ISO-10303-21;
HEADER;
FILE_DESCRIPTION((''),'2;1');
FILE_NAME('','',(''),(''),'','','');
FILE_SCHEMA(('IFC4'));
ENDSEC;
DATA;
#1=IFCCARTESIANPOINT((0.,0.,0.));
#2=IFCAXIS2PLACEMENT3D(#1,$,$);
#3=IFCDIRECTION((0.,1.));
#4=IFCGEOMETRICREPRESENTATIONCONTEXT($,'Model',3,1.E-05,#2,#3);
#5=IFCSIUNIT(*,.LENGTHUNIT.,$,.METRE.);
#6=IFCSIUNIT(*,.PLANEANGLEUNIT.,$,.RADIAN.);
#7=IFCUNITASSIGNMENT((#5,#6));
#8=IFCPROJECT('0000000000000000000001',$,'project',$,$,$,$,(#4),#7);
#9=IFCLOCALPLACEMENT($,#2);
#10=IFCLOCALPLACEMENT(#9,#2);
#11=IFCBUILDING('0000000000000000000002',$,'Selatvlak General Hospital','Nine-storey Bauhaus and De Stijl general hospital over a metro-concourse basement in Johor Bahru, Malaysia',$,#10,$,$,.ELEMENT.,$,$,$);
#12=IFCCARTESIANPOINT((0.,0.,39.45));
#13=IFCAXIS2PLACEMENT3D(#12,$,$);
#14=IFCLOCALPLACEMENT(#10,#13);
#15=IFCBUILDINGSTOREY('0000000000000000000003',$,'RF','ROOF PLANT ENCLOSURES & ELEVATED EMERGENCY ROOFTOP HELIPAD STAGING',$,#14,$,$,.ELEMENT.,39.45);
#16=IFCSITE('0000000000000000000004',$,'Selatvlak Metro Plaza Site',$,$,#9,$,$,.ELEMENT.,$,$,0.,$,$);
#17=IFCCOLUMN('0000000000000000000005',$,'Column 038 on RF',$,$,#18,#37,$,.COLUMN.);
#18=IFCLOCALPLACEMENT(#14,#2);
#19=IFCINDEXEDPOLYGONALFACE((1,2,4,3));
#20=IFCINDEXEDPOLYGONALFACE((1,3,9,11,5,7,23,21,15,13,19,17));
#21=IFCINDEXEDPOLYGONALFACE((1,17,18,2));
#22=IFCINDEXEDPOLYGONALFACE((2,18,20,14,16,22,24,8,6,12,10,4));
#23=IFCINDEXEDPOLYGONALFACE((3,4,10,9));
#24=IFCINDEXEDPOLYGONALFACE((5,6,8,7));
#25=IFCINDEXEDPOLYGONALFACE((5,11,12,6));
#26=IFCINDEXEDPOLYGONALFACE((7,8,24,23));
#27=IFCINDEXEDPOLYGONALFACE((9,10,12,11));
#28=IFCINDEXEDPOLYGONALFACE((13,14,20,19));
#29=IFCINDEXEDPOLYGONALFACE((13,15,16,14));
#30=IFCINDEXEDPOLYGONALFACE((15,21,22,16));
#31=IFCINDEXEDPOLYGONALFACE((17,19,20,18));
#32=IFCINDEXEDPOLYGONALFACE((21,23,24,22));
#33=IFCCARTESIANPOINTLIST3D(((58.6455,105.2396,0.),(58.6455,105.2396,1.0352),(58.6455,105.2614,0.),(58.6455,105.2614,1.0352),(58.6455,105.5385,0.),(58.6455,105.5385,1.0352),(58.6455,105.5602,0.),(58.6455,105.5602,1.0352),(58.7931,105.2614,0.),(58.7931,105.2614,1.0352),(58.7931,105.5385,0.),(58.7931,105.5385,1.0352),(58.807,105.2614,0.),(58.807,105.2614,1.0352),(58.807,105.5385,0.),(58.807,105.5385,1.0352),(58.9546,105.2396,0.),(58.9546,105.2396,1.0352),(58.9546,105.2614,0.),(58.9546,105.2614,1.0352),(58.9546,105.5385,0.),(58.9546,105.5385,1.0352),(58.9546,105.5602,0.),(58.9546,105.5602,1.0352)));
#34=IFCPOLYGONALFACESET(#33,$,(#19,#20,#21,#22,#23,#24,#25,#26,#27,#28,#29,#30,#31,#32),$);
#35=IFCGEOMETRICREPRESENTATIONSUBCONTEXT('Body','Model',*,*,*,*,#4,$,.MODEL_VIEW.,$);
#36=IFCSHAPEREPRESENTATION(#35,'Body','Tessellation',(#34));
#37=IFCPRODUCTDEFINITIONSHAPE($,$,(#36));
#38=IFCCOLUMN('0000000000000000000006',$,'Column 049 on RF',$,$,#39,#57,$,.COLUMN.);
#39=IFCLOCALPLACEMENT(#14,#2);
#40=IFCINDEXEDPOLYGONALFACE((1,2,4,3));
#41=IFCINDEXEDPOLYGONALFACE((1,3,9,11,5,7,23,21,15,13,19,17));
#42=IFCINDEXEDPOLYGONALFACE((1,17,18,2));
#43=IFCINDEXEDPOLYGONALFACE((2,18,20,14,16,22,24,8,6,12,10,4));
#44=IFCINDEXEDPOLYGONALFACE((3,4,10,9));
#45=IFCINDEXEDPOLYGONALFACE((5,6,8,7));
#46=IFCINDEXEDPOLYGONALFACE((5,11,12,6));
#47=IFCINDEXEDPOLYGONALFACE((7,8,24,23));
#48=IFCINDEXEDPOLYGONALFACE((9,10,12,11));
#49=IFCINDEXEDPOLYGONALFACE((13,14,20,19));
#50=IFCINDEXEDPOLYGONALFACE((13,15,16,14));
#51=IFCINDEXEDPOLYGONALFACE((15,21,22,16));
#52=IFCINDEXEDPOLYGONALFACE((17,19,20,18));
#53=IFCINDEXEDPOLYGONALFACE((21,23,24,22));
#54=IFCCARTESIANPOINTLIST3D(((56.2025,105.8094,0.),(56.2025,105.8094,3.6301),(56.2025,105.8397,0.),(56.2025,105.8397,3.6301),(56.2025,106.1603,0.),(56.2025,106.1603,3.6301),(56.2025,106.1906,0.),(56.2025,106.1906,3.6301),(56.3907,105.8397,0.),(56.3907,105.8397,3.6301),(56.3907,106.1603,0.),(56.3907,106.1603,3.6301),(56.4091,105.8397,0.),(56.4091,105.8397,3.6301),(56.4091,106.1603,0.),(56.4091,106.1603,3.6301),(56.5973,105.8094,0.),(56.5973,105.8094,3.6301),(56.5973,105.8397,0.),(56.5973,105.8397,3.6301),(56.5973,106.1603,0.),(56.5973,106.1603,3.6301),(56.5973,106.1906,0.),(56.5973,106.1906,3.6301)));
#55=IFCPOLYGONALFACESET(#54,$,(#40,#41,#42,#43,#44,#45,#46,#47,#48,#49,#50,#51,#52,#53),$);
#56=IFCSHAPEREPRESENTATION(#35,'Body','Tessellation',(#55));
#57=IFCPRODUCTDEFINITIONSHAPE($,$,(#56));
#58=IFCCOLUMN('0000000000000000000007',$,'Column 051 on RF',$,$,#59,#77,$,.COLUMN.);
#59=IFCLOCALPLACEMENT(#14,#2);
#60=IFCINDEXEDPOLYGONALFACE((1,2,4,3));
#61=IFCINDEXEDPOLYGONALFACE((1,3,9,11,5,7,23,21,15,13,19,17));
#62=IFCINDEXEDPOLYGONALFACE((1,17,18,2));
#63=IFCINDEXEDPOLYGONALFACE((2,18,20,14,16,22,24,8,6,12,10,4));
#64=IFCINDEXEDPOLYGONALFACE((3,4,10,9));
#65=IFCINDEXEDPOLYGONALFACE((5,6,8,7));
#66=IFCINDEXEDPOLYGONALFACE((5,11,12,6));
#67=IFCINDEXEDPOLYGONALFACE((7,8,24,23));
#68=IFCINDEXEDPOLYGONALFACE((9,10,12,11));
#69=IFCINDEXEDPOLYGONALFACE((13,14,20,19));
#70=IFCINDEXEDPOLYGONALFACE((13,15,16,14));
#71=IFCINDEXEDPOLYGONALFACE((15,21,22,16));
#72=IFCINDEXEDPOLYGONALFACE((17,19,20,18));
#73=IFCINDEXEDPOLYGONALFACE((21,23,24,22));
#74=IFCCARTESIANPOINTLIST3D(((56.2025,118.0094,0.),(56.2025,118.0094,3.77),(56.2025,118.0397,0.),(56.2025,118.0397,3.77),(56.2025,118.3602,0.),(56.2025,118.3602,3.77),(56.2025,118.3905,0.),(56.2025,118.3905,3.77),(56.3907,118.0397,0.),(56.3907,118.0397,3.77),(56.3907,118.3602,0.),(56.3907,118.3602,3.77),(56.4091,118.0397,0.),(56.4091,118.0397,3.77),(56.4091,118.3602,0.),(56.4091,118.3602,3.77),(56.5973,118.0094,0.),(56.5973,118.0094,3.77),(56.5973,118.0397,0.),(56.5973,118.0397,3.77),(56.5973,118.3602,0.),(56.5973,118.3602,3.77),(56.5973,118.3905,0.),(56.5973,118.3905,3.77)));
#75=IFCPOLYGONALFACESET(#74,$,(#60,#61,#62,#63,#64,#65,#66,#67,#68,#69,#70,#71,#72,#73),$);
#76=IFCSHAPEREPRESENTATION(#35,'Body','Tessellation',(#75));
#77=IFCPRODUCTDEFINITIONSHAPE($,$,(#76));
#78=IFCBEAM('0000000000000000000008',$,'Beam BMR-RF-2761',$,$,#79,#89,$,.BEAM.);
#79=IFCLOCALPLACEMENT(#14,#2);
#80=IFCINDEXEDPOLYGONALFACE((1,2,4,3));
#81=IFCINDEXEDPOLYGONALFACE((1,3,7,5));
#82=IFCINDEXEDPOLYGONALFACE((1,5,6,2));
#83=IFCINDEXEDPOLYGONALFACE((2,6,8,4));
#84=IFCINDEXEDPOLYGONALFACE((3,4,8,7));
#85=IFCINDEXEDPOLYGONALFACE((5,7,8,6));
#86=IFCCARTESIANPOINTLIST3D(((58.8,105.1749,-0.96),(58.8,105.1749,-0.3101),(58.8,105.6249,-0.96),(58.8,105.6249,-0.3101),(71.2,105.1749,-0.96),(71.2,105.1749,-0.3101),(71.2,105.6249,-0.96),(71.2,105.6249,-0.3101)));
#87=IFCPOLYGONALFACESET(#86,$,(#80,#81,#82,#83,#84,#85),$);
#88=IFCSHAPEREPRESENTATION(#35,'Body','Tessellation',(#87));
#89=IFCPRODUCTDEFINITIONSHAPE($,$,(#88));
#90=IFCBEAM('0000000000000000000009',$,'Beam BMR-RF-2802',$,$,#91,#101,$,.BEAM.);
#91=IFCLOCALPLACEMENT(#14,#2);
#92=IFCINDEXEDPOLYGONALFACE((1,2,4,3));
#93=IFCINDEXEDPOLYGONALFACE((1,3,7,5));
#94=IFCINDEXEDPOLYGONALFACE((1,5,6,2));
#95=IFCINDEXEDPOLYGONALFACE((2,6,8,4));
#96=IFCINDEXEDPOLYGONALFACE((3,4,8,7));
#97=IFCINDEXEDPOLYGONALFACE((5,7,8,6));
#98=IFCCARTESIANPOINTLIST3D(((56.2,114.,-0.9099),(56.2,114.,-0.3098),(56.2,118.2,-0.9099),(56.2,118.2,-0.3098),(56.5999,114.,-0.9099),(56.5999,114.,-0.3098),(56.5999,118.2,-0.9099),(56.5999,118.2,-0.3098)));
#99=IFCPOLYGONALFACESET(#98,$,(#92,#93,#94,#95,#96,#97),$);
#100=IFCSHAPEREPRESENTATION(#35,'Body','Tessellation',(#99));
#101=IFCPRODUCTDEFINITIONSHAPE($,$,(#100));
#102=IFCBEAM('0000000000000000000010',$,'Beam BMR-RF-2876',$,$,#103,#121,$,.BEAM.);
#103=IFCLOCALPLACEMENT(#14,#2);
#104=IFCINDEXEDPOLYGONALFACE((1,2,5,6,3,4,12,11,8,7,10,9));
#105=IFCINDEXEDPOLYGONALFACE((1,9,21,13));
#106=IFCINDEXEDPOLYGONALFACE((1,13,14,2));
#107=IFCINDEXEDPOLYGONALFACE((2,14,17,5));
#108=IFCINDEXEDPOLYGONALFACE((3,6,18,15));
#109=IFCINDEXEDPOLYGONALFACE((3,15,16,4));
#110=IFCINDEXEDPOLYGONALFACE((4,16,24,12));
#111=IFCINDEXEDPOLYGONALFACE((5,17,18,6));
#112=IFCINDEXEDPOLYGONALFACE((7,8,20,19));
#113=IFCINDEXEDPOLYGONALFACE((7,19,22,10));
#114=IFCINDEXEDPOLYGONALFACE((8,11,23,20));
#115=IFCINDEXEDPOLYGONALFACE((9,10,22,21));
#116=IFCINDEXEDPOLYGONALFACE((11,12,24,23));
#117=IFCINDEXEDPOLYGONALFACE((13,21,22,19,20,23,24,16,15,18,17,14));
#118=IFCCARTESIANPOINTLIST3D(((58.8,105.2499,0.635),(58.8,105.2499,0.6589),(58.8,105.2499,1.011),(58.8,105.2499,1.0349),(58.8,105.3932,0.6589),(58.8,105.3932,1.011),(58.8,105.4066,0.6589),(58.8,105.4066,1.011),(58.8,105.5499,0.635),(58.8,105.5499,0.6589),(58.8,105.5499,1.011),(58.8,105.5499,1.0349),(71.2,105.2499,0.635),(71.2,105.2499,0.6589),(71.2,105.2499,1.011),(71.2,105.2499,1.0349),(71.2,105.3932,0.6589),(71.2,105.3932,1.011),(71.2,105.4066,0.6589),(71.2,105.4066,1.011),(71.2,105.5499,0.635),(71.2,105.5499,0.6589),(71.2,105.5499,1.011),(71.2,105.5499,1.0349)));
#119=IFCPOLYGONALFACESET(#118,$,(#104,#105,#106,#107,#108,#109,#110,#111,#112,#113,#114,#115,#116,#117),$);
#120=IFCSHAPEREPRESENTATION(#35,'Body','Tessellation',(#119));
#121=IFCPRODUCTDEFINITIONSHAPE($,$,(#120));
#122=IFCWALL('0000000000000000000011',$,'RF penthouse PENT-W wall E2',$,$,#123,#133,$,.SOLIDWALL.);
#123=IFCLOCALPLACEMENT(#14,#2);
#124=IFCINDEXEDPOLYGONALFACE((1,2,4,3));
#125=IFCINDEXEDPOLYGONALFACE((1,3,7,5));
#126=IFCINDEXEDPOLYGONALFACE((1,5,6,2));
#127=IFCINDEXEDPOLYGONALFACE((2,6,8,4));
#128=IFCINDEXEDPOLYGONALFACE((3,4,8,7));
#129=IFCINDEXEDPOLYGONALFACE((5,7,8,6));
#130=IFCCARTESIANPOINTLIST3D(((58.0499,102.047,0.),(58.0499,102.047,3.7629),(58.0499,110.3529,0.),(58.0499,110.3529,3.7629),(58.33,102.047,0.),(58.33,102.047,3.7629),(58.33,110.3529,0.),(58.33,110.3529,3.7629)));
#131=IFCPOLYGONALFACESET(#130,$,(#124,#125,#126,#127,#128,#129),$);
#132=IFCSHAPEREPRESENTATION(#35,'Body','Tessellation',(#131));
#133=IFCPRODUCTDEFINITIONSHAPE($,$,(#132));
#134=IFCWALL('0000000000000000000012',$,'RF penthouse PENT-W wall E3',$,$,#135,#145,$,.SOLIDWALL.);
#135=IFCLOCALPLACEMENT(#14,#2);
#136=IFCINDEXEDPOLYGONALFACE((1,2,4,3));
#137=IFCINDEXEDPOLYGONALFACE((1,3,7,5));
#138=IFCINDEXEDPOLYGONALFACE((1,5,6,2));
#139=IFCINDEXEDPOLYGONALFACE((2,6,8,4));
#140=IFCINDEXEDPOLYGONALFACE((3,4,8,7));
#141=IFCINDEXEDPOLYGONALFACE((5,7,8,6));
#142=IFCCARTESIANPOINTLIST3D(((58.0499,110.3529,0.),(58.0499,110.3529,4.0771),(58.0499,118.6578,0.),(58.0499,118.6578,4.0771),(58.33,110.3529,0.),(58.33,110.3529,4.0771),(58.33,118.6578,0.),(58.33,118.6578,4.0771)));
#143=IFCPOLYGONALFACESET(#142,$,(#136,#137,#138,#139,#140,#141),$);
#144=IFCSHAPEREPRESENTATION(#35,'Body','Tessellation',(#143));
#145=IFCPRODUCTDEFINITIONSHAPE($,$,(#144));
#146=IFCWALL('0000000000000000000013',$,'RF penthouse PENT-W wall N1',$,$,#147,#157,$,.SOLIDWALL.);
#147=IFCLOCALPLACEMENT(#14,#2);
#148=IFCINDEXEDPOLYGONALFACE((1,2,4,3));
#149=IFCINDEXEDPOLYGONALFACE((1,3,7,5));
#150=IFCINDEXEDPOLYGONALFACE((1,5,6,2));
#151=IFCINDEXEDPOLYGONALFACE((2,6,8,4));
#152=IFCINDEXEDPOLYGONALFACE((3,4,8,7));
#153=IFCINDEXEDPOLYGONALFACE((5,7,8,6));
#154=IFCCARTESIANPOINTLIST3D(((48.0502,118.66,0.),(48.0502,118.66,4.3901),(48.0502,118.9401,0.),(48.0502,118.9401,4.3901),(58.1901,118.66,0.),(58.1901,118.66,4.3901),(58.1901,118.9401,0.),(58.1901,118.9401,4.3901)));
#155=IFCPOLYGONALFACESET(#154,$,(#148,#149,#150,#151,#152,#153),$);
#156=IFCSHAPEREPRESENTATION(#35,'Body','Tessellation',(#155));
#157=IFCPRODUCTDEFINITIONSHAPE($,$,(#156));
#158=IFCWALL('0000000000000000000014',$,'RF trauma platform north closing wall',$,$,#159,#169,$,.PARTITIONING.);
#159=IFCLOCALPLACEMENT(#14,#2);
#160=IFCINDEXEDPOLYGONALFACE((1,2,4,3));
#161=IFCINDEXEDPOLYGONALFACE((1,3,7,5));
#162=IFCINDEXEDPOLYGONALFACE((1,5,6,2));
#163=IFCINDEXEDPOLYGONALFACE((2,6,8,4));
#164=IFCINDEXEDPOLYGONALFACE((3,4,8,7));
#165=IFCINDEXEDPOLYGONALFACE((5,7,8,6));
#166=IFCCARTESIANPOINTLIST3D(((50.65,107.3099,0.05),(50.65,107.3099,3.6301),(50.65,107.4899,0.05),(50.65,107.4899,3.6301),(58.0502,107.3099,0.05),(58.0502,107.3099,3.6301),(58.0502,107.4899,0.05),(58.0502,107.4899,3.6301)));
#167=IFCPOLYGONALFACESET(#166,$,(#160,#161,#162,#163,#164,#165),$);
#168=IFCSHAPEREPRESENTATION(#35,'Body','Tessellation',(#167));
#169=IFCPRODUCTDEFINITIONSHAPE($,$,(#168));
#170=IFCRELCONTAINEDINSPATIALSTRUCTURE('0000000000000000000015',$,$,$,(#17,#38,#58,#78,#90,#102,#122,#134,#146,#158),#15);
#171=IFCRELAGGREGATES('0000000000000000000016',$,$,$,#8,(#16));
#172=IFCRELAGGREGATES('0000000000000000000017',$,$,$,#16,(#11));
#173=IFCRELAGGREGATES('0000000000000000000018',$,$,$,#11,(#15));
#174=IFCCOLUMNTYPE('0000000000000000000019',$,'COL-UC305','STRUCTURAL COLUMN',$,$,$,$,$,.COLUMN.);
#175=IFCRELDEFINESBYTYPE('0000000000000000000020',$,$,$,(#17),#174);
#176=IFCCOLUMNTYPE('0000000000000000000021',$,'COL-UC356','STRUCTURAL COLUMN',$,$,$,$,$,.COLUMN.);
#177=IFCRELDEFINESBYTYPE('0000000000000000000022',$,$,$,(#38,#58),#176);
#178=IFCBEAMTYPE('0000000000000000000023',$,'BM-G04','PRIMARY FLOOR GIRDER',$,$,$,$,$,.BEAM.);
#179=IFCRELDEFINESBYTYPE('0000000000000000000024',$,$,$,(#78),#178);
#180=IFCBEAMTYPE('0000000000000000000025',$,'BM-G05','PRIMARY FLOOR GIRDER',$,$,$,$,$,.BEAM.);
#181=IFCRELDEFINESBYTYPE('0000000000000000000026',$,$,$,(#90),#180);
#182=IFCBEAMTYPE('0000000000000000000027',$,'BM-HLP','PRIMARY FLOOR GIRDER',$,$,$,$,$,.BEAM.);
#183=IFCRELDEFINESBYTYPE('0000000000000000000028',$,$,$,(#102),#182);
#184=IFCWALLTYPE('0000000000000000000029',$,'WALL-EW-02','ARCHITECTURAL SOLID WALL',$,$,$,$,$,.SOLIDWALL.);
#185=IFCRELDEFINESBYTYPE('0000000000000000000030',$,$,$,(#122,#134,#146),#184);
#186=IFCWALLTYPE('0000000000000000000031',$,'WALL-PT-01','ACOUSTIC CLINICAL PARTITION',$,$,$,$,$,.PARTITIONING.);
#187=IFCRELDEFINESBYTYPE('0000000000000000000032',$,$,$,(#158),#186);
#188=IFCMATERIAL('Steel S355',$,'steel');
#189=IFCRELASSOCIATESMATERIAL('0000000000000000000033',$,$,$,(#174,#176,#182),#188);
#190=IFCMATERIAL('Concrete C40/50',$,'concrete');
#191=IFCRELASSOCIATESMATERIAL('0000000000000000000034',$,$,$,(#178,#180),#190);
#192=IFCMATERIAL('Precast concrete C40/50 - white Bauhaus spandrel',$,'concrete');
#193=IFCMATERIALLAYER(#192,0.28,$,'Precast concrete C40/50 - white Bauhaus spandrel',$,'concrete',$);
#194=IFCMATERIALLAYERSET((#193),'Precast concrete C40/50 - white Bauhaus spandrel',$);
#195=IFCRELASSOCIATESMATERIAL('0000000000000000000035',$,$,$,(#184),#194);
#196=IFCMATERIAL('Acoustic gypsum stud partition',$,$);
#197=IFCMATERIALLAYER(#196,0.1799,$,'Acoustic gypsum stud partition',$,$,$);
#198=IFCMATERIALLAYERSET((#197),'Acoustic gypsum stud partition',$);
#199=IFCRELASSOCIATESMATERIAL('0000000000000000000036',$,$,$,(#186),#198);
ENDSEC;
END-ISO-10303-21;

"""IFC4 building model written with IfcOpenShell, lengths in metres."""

from ifc_helpers import new_model, si_unit, direction, frame, frame_2d, origin, origin_2d, place, context, subcontext, project, spatial, rectangle, i_section, extrude, material, layer, layer_set, material_profile, profile_set, type_object, element, save


model = new_model("IFC4")

# Units and contexts
model_context = context("Model", 3, precision=1e-05, world=origin(), true_north=direction((0.0, 1.0)))
body_context = subcontext(model_context, "Body", "Model", "MODEL_VIEW")
ifc_project = project(units=[si_unit("LENGTHUNIT", "METRE"), si_unit("PLANEANGLEUNIT", "RADIAN")], contexts=[model_context])

# Site, building, storey
site_placement = place(None, origin())
site = spatial("IfcSite", under=ifc_project, at=site_placement, Name="Selatvlak Metro Plaza Site", CompositionType="ELEMENT", RefElevation=0.0)
building_placement = place(site_placement, origin())
building = spatial("IfcBuilding", under=site, at=building_placement, Name="Selatvlak General Hospital", Description="Nine-storey Bauhaus and De Stijl general hospital over a metro-concourse basement in Johor Bahru, Malaysia", CompositionType="ELEMENT")
storey_placement = place(building_placement, frame((0.0, 0.0, 39.45)))
storey = spatial("IfcBuildingStorey", under=building, at=storey_placement, Name="RF", Description="ROOF PLANT ENCLOSURES & ELEVATED EMERGENCY ROOFTOP HELIPAD STAGING", CompositionType="ELEMENT", Elevation=39.45)

# Columns
ifc_material_1 = material(Name="Steel S355", Category="steel")
ifc_material_profile_1 = material_profile(ifc_material_1, i_section(OverallWidth=0.3091, OverallDepth=0.3206, WebThickness=0.0139, FlangeThickness=0.0217, at=origin_2d()), Name="UC 305x305x137")
ifc_profile_set_1 = profile_set([ifc_material_profile_1], Name="Steel S355")
column_type_1 = type_object("IfcColumnType", Name="COL-UC305", Description="STRUCTURAL COLUMN", PredefinedType="COLUMN", material=ifc_profile_set_1)
column_1_placement = place(storey_placement, frame((58.8, 105.3999, 0.0), z_axis=(0.0, 0.0, 1.0), x_axis=(1.0, 0.0, 0.0)))
element("IfcColumn", 1, at=column_1_placement, inside=storey, type_object=column_type_1, Name="Column 038 on RF", PredefinedType="COLUMN", context=body_context, shape_type="SweptSolid", body=[
    extrude(i_section(OverallWidth=0.3091, OverallDepth=0.3206, WebThickness=0.0139, FlangeThickness=0.0217, at=origin_2d()), origin(), (0.0, 0.0, 1.0), 1.0352),
])
ifc_material_profile_2 = material_profile(ifc_material_1, i_section(OverallWidth=0.3948, OverallDepth=0.3811, WebThickness=0.0183, FlangeThickness=0.0303, at=origin_2d()), Name="UC 356x406x235")
ifc_profile_set_2 = profile_set([ifc_material_profile_2], Name="Steel S355")
column_type_2 = type_object("IfcColumnType", Name="COL-UC356", Description="STRUCTURAL COLUMN", PredefinedType="COLUMN", material=ifc_profile_set_2)
column_2_placement = place(storey_placement, frame((56.3999, 106.0, 0.0), z_axis=(0.0, 0.0, 1.0), x_axis=(1.0, 0.0, 0.0)))
element("IfcColumn", 2, at=column_2_placement, inside=storey, type_object=column_type_2, Name="Column 049 on RF", PredefinedType="COLUMN", context=body_context, shape_type="SweptSolid", body=[
    extrude(i_section(OverallWidth=0.3948, OverallDepth=0.3811, WebThickness=0.0183, FlangeThickness=0.0303, at=origin_2d()), origin(), (0.0, 0.0, 1.0), 3.6301),
])
column_3_placement = place(storey_placement, frame((56.3999, 118.2, 0.0), z_axis=(0.0, 0.0, 1.0), x_axis=(1.0, 0.0, 0.0)))
element("IfcColumn", 3, at=column_3_placement, inside=storey, type_object=column_type_2, Name="Column 051 on RF", PredefinedType="COLUMN", context=body_context, shape_type="SweptSolid", body=[
    extrude(i_section(OverallWidth=0.3948, OverallDepth=0.3811, WebThickness=0.0183, FlangeThickness=0.0303, at=origin_2d()), origin(), (0.0, 0.0, 1.0), 3.77),
])

# Beams
ifc_material_2 = material(Name="Concrete C40/50", Category="concrete")
ifc_material_profile_3 = material_profile(ifc_material_2, rectangle(XDim=0.45, YDim=0.6499, at=origin_2d()), Name="RC-BM 450x650")
ifc_profile_set_3 = profile_set([ifc_material_profile_3], Name="Concrete C40/50")
beam_type_1 = type_object("IfcBeamType", Name="BM-G04", Description="PRIMARY FLOOR GIRDER", PredefinedType="BEAM", material=ifc_profile_set_3)
beam_1_placement = place(storey_placement, frame((58.8, 105.3999, -0.635), z_axis=(1.0, 0.0, 0.0), x_axis=(0.0, 1.0, 0.0)))
element("IfcBeam", 4, at=beam_1_placement, inside=storey, type_object=beam_type_1, Name="Beam BMR-RF-2761", PredefinedType="BEAM", context=body_context, shape_type="SweptSolid", body=[
    extrude(rectangle(XDim=0.45, YDim=0.6499, at=origin_2d()), origin(), (0.0, 0.0, 1.0), 12.3999),
])
ifc_material_profile_4 = material_profile(ifc_material_2, rectangle(XDim=0.3999, YDim=0.6001, at=origin_2d()), Name="RC-BM 400x600")
ifc_profile_set_4 = profile_set([ifc_material_profile_4], Name="Concrete C40/50")
beam_type_2 = type_object("IfcBeamType", Name="BM-G05", Description="PRIMARY FLOOR GIRDER", PredefinedType="BEAM", material=ifc_profile_set_4)
beam_2_placement = place(storey_placement, frame((56.3999, 114.0, -0.6099), z_axis=(0.0, 1.0, 0.0), x_axis=(-1.0, 0.0, 0.0)))
element("IfcBeam", 5, at=beam_2_placement, inside=storey, type_object=beam_type_2, Name="Beam BMR-RF-2802", PredefinedType="BEAM", context=body_context, shape_type="SweptSolid", body=[
    extrude(rectangle(XDim=0.3999, YDim=0.6001, at=origin_2d()), origin(), (0.0, 0.0, 1.0), 4.2),
])
ifc_material_profile_5 = material_profile(ifc_material_1, i_section(OverallWidth=0.3, OverallDepth=0.3999, WebThickness=0.0134, FlangeThickness=0.0239, at=origin_2d()), Name="HEB 400")
ifc_profile_set_5 = profile_set([ifc_material_profile_5], Name="Steel S355")
beam_type_3 = type_object("IfcBeamType", Name="BM-HLP", Description="PRIMARY FLOOR GIRDER", PredefinedType="BEAM", material=ifc_profile_set_5)
beam_3_placement = place(storey_placement, frame((58.8, 105.3999, 0.835), z_axis=(1.0, 0.0, 0.0), x_axis=(0.0, 1.0, 0.0)))
element("IfcBeam", 6, at=beam_3_placement, inside=storey, type_object=beam_type_3, Name="Beam BMR-RF-2876", PredefinedType="BEAM", context=body_context, shape_type="SweptSolid", body=[
    extrude(i_section(OverallWidth=0.3, OverallDepth=0.3999, WebThickness=0.0134, FlangeThickness=0.0239, at=origin_2d()), origin(), (0.0, 0.0, 1.0), 12.3999),
])

# Walls
ifc_material_3 = material(Name="Precast concrete C40/50 - white Bauhaus spandrel", Category="concrete")
ifc_layer_1 = layer(ifc_material_3, 0.28, Name="Precast concrete C40/50 - white Bauhaus spandrel", Category="concrete")
ifc_layer_set_1 = layer_set([ifc_layer_1], Name="Precast concrete C40/50 - white Bauhaus spandrel")
wall_type_1 = type_object("IfcWallType", Name="WALL-EW-02", Description="ARCHITECTURAL SOLID WALL", PredefinedType="SOLIDWALL", material=ifc_layer_set_1)
wall_1_placement = place(storey_placement, frame((58.1899, 102.0471, 0.0), z_axis=(0.0, 0.0, 1.0), x_axis=(0.0, 1.0, 0.0)))
element("IfcWall", 7, at=wall_1_placement, inside=storey, type_object=wall_type_1, Name="RF penthouse PENT-W wall E2", PredefinedType="SOLIDWALL", context=body_context, shape_type="SweptSolid", body=[
    extrude(rectangle(XDim=8.3059, YDim=0.28, at=frame_2d((4.1528, 0.0))), origin(), (0.0, 0.0, 1.0), 3.7629),
])
wall_2_placement = place(storey_placement, frame((58.1899, 110.353, 0.0), z_axis=(0.0, 0.0, 1.0), x_axis=(0.0, 1.0, 0.0)))
element("IfcWall", 8, at=wall_2_placement, inside=storey, type_object=wall_type_1, Name="RF penthouse PENT-W wall E3", PredefinedType="SOLIDWALL", context=body_context, shape_type="SweptSolid", body=[
    extrude(rectangle(XDim=8.3049, YDim=0.28, at=frame_2d((4.1523, 0.0))), origin(), (0.0, 0.0, 1.0), 4.0771),
])
wall_3_placement = place(storey_placement, frame((58.1899, 118.8, 0.0), z_axis=(0.0, 0.0, 1.0), x_axis=(-1.0, 0.0, 0.0)))
element("IfcWall", 9, at=wall_3_placement, inside=storey, type_object=wall_type_1, Name="RF penthouse PENT-W wall N1", PredefinedType="SOLIDWALL", context=body_context, shape_type="SweptSolid", body=[
    extrude(rectangle(XDim=10.1399, YDim=0.28, at=frame_2d((5.0698, 0.0))), origin(), (0.0, 0.0, 1.0), 4.3901),
])
ifc_material_4 = material(Name="Acoustic gypsum stud partition")
ifc_layer_2 = layer(ifc_material_4, 0.1799, Name="Acoustic gypsum stud partition")
ifc_layer_set_2 = layer_set([ifc_layer_2], Name="Acoustic gypsum stud partition")
wall_type_2 = type_object("IfcWallType", Name="WALL-PT-01", Description="ACOUSTIC CLINICAL PARTITION", PredefinedType="PARTITIONING", material=ifc_layer_set_2)
wall_4_placement = place(storey_placement, frame((50.6499, 107.3999, 0.05), z_axis=(0.0, 0.0, 1.0), x_axis=(1.0, 0.0, 0.0)))
element("IfcWall", 10, at=wall_4_placement, inside=storey, type_object=wall_type_2, Name="RF trauma platform north closing wall", PredefinedType="PARTITIONING", context=body_context, shape_type="SweptSolid", body=[
    extrude(rectangle(XDim=7.4001, YDim=0.1799, at=frame_2d((3.7002, 0.0))), origin(), (0.0, 0.0, 1.0), 3.5801),
])

save(model, "model.ifc")
